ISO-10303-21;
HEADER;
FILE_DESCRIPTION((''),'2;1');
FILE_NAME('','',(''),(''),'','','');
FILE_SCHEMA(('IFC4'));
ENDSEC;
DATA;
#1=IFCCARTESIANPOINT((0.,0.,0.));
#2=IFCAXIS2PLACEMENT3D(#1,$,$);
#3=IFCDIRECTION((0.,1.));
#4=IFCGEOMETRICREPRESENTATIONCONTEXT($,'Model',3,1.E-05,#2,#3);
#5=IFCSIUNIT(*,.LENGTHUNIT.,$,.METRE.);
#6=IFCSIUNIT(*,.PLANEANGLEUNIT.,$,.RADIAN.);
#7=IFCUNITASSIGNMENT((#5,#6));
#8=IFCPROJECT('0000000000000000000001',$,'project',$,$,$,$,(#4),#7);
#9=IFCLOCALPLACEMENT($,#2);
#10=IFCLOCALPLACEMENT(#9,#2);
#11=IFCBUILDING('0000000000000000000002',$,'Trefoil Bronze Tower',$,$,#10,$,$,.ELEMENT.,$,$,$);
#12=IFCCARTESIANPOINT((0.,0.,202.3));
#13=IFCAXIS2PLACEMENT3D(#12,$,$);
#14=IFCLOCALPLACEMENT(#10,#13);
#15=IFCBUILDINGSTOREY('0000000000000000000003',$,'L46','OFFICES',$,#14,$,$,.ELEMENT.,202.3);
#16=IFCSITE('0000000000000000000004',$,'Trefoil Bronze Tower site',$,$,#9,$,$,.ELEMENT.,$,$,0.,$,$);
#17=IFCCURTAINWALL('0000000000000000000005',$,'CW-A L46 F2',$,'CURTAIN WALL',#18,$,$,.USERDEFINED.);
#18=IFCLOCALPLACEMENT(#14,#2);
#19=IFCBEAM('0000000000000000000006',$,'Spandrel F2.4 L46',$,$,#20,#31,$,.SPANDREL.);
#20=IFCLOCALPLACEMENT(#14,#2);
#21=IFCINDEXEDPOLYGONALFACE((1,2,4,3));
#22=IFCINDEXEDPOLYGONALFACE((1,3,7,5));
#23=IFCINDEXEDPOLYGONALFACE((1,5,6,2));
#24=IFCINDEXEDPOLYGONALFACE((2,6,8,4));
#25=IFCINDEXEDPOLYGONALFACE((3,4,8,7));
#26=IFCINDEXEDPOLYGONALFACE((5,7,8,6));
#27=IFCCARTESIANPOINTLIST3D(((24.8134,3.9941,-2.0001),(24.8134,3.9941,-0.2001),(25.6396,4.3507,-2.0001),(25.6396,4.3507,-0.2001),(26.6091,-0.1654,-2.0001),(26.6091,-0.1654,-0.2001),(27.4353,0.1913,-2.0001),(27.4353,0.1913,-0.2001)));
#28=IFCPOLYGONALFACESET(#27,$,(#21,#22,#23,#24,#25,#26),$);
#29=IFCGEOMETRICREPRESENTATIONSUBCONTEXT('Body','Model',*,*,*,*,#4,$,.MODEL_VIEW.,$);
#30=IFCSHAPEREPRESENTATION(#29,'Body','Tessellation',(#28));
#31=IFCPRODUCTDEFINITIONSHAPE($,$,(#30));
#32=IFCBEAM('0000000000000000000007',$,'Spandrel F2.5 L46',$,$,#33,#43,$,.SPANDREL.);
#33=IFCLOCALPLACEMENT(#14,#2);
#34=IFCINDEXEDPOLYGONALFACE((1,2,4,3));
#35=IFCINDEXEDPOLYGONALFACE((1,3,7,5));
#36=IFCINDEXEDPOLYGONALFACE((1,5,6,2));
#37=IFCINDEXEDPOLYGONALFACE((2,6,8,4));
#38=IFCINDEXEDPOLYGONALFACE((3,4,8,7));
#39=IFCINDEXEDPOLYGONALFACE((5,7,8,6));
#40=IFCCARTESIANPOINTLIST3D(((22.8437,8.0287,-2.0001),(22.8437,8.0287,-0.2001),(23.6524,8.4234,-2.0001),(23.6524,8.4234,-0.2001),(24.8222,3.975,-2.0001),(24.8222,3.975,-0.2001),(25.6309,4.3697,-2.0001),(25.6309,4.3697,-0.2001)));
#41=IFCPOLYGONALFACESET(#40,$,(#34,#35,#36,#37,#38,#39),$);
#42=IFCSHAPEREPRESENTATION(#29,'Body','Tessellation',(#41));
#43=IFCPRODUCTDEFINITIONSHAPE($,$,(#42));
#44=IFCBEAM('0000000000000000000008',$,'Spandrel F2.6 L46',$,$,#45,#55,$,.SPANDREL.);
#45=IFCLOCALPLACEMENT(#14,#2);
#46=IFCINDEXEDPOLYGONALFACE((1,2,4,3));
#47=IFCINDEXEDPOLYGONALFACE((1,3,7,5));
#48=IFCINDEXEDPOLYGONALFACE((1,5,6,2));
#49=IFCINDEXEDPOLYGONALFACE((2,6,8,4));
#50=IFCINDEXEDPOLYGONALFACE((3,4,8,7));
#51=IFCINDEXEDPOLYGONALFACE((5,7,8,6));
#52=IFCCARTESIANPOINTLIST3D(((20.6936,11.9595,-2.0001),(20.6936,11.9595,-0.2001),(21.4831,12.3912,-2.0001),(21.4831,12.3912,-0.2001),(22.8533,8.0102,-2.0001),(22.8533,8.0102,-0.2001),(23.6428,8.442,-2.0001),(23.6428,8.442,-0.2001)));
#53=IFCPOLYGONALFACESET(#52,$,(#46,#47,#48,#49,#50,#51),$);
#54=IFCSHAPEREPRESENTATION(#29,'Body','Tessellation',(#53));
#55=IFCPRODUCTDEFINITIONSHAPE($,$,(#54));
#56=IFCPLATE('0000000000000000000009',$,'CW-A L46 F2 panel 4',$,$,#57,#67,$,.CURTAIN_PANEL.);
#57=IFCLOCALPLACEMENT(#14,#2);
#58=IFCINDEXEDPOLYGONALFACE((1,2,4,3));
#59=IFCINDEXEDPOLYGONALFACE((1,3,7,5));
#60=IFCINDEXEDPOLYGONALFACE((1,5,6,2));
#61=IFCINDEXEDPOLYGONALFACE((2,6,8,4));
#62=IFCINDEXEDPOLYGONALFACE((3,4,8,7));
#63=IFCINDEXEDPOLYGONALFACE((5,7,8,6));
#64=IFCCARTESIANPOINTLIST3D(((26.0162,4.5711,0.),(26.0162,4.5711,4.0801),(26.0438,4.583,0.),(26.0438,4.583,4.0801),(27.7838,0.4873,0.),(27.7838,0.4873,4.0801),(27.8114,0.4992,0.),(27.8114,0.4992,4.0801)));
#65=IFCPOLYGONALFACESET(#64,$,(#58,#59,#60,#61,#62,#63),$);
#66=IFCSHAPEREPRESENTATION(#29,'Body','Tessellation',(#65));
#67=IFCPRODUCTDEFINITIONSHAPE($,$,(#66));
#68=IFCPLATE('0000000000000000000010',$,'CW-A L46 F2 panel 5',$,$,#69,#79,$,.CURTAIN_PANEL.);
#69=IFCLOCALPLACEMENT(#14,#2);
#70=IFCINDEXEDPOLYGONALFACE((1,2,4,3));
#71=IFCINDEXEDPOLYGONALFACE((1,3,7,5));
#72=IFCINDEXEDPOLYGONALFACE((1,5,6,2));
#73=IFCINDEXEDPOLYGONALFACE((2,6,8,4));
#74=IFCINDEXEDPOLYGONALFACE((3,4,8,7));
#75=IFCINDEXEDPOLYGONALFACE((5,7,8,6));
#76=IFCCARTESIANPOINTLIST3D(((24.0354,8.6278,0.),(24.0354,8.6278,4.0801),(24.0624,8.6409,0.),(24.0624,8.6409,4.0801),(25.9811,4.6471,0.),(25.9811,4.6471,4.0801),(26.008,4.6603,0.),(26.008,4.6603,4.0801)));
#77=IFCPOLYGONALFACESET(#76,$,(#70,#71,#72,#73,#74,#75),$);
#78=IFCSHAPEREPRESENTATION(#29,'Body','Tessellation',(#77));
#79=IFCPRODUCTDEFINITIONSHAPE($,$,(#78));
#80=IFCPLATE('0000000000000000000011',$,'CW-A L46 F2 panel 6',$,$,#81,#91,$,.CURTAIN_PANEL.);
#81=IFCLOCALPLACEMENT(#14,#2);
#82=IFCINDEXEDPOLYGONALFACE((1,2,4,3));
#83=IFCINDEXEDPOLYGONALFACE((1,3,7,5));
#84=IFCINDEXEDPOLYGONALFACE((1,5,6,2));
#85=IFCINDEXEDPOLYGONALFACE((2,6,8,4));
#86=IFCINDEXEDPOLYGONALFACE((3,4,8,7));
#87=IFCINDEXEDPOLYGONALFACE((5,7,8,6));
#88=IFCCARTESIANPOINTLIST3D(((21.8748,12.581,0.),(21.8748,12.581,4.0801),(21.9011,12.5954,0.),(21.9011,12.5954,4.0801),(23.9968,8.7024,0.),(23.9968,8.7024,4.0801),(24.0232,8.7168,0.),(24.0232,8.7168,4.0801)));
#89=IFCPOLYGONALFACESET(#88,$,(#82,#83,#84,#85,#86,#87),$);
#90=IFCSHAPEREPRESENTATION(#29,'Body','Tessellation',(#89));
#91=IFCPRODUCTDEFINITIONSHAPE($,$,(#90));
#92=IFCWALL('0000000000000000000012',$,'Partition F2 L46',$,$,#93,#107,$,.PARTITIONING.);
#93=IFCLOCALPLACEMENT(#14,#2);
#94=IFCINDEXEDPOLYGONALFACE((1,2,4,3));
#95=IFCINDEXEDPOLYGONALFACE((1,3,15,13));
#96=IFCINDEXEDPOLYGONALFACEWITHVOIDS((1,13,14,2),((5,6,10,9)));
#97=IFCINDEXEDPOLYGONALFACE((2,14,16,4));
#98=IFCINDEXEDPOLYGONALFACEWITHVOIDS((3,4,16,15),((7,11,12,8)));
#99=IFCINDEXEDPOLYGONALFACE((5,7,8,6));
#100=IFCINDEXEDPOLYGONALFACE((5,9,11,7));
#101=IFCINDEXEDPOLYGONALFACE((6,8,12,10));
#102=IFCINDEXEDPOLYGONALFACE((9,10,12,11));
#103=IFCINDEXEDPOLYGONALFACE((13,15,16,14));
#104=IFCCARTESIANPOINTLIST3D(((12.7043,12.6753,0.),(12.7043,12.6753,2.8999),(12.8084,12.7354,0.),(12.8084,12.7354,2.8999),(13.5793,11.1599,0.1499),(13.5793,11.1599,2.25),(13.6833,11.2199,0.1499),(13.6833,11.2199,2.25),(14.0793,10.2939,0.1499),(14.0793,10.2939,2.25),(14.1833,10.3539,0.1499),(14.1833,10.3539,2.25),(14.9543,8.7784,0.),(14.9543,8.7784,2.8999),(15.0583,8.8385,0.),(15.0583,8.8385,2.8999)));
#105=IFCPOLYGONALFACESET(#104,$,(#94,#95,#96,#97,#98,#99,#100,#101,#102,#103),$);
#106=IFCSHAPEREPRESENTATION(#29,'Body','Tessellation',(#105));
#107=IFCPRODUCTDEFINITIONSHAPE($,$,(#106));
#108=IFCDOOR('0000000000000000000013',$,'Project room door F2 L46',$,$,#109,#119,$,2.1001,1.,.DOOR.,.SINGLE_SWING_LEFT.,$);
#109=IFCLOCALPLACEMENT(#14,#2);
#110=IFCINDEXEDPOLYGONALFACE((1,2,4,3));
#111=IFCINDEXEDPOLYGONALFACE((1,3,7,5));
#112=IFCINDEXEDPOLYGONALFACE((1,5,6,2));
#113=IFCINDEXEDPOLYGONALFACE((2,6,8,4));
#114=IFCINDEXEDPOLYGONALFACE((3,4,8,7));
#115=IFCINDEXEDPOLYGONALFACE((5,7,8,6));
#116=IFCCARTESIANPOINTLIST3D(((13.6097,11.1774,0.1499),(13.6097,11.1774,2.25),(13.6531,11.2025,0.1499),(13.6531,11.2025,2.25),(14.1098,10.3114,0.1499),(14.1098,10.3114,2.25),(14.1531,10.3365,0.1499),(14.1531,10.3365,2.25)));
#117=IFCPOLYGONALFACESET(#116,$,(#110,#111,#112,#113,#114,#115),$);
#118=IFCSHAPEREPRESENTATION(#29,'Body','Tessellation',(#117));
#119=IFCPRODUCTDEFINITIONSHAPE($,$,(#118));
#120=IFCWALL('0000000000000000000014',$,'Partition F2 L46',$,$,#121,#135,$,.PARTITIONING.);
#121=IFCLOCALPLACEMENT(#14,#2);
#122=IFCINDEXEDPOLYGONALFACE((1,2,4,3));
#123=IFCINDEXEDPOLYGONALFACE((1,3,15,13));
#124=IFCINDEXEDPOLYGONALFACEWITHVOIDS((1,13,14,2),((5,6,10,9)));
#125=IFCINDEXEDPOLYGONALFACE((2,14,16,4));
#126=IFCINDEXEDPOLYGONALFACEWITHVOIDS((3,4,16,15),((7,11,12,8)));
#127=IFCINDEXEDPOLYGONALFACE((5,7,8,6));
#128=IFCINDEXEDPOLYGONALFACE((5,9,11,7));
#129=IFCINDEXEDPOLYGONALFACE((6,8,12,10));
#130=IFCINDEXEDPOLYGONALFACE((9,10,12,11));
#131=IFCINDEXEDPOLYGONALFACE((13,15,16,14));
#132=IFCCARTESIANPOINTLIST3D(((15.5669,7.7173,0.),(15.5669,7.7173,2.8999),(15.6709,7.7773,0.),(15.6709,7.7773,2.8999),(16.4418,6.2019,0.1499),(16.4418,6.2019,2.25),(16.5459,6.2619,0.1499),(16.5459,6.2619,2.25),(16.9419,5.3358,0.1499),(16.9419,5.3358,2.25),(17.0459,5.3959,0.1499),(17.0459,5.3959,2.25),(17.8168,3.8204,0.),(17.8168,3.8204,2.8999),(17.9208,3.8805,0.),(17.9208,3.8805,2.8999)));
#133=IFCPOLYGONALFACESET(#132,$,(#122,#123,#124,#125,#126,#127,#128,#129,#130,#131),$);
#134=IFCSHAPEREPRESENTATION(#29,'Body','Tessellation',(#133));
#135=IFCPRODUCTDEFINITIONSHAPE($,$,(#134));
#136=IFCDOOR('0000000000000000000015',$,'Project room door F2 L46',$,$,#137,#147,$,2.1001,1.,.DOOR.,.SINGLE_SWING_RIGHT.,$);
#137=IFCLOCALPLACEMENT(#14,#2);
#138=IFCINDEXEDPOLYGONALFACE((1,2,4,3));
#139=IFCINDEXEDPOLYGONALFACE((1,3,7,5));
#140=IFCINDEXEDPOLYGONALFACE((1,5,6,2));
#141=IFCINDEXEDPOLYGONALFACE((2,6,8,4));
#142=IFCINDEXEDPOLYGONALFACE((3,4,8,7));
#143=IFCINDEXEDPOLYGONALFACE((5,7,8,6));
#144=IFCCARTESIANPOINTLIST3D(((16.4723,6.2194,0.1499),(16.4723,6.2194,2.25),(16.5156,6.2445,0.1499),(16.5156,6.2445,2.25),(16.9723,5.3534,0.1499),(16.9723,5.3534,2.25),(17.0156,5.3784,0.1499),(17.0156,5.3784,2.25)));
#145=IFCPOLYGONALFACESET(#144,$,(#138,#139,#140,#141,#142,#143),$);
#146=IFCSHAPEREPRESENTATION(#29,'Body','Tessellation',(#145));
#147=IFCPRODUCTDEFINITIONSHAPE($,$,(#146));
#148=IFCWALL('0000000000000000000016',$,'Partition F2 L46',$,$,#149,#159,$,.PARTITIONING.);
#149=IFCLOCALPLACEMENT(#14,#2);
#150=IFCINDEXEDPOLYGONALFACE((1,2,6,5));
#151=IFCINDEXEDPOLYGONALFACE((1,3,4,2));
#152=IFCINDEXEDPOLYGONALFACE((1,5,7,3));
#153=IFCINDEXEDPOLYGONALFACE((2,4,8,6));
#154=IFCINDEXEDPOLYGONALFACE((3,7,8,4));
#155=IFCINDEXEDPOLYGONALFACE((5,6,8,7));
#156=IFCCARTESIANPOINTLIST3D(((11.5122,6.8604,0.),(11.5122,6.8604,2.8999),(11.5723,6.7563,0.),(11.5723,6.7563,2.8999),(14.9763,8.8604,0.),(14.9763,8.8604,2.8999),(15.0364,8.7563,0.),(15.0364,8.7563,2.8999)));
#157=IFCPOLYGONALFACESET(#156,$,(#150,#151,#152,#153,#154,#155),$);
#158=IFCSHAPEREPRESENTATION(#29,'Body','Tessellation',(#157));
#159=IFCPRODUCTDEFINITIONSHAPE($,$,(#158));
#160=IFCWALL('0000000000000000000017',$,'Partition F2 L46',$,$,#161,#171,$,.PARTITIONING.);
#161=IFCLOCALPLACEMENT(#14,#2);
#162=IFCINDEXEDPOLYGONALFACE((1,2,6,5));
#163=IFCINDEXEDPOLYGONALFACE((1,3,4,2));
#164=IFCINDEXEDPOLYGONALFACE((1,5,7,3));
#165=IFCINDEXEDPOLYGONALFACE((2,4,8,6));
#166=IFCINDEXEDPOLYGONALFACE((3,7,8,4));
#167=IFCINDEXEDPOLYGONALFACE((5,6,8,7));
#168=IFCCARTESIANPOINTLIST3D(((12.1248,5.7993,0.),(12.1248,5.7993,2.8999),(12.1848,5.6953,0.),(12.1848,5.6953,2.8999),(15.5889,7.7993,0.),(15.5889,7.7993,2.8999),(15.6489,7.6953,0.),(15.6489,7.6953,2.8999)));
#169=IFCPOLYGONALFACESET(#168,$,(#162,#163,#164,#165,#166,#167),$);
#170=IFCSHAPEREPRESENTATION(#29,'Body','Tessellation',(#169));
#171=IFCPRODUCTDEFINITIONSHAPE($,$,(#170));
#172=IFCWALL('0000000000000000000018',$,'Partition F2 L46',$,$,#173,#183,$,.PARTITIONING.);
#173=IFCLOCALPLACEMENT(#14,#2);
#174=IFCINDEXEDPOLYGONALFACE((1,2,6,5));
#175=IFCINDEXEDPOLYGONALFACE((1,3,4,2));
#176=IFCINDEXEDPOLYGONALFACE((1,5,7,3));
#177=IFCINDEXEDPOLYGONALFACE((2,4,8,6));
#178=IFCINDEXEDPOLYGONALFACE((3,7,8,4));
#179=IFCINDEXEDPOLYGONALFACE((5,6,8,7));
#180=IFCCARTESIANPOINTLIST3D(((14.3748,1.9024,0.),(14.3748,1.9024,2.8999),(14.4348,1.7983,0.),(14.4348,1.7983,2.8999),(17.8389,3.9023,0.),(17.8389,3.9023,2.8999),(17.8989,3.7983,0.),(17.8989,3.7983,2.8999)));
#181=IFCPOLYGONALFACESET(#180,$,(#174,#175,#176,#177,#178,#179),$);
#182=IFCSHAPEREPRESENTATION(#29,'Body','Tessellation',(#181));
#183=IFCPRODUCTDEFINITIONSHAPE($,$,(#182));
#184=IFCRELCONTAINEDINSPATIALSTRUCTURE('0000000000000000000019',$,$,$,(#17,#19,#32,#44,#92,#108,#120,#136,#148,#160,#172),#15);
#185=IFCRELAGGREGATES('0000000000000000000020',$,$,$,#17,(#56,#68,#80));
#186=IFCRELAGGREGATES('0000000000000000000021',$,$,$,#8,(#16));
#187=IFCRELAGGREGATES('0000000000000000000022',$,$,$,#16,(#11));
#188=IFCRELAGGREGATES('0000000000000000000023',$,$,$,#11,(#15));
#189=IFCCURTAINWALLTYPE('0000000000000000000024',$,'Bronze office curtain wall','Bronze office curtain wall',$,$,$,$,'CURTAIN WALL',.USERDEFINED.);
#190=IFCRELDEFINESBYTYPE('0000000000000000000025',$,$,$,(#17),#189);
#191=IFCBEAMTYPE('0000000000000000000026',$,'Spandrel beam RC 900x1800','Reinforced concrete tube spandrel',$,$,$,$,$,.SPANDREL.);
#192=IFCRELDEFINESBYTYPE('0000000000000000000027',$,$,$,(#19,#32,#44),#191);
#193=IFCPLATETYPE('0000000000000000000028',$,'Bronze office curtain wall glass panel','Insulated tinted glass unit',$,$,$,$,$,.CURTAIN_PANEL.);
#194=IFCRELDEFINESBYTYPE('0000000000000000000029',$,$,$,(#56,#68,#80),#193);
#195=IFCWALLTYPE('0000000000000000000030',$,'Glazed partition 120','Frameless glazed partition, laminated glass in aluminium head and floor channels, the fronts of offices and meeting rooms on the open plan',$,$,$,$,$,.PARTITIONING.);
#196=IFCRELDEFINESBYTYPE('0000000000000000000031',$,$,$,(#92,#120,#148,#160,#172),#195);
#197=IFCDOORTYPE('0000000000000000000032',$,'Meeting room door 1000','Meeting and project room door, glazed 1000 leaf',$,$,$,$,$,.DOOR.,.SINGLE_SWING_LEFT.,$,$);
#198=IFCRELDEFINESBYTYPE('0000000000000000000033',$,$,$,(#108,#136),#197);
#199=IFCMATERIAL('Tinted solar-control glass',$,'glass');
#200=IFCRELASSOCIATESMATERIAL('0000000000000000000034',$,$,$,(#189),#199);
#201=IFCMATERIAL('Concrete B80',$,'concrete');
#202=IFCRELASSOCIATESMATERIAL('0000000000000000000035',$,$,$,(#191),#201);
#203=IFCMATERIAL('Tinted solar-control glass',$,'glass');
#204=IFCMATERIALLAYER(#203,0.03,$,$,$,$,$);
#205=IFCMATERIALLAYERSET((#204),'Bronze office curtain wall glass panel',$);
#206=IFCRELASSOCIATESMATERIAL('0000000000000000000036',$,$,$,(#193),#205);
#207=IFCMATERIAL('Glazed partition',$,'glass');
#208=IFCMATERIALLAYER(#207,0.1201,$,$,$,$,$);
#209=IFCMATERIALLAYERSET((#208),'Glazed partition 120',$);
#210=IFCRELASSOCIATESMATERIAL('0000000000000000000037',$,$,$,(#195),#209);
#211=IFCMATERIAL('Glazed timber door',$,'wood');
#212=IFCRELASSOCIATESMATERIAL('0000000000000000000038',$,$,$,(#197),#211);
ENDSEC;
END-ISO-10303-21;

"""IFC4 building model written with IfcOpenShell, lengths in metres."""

from ifc_helpers import new_model, si_unit, direction, frame, frame_2d, origin, origin_2d, place, context, subcontext, project, spatial, rectangle, extrude, material, layer, layer_set, material_profile, profile_set, type_object, element, fill, aggregate, save


model = new_model("IFC4")

# Units and contexts
model_context = context("Model", 3, precision=1e-05, world=origin(), true_north=direction((0.0, 1.0)))
body_context = subcontext(model_context, "Body", "Model", "MODEL_VIEW")
ifc_project = project(units=[si_unit("LENGTHUNIT", "METRE"), si_unit("PLANEANGLEUNIT", "RADIAN")], contexts=[model_context])

# Site, building, storey
site_placement = place(None, origin())
site = spatial("IfcSite", under=ifc_project, at=site_placement, Name="Trefoil Bronze Tower site", CompositionType="ELEMENT", RefElevation=0.0)
building_placement = place(site_placement, origin())
building = spatial("IfcBuilding", under=site, at=building_placement, Name="Trefoil Bronze Tower", CompositionType="ELEMENT")
storey_placement = place(building_placement, frame((0.0, 0.0, 202.3)))
storey = spatial("IfcBuildingStorey", under=building, at=storey_placement, Name="L46", Description="OFFICES", CompositionType="ELEMENT", Elevation=202.3)

# Curtain wall
ifc_material_1 = material(Name="Tinted solar-control glass", Category="glass")
curtain_wall_type = type_object("IfcCurtainWallType", Name="Bronze office curtain wall", Description="Bronze office curtain wall", ElementType="CURTAIN WALL", PredefinedType="USERDEFINED", material=ifc_material_1)
curtain_wall_placement = place(storey_placement, origin())
curtain_wall = element("IfcCurtainWall", 1, at=curtain_wall_placement, inside=storey, type_object=curtain_wall_type, Name="CW-A L46 F2", ObjectType="CURTAIN WALL", PredefinedType="USERDEFINED")

# Beams
ifc_material_2 = material(Name="Concrete B80", Category="concrete")
ifc_material_profile_1 = material_profile(ifc_material_2, rectangle(XDim=0.8999, YDim=1.8, at=origin_2d()), Name="RC 900x1800")
ifc_profile_set_1 = profile_set([ifc_material_profile_1], Name="Concrete B80")
beam_type_1 = type_object("IfcBeamType", Name="Spandrel beam RC 900x1800", Description="Reinforced concrete tube spandrel", PredefinedType="SPANDREL", material=ifc_profile_set_1)
beam_1_placement = place(storey_placement, frame((27.0222, 0.0129, -1.1001), z_axis=(-0.39635, 0.918099, 0.0), x_axis=(-0.918099, -0.39635, 0.0)))
element("IfcBeam", 2, at=beam_1_placement, inside=storey, type_object=beam_type_1, Name="Spandrel F2.4 L46", PredefinedType="SPANDREL", context=body_context, shape_type="SweptSolid", body=[
    extrude(rectangle(XDim=0.8999, YDim=1.8, at=origin_2d()), origin(), (0.0, 0.0, 1.0), 4.5305),
])
beam_2_placement = place(storey_placement, frame((25.2266, 4.1724, -1.1001), z_axis=(-0.43862, 0.898673, 0.0), x_axis=(-0.898673, -0.43862, 0.0)))
element("IfcBeam", 3, at=beam_2_placement, inside=storey, type_object=beam_type_1, Name="Spandrel F2.5 L46", PredefinedType="SPANDREL", context=body_context, shape_type="SweptSolid", body=[
    extrude(rectangle(XDim=0.8999, YDim=1.8, at=origin_2d()), origin(), (0.0, 0.0, 1.0), 4.5107),
])
beam_3_placement = place(storey_placement, frame((23.248, 8.2261, -1.1001), z_axis=(-0.479802, 0.877377, 0.0), x_axis=(-0.877377, -0.479802, 0.0)))
element("IfcBeam", 4, at=beam_3_placement, inside=storey, type_object=beam_type_1, Name="Spandrel F2.6 L46", PredefinedType="SPANDREL", context=body_context, shape_type="SweptSolid", body=[
    extrude(rectangle(XDim=0.8999, YDim=1.8, at=origin_2d()), origin(), (0.0, 0.0, 1.0), 4.5012),
])

# Plates
ifc_material_3 = material(Name="Tinted solar-control glass", Category="glass")
ifc_layer_1 = layer(ifc_material_3, 0.03)
ifc_layer_set_1 = layer_set([ifc_layer_1], Name="Bronze office curtain wall glass panel")
plate_type = type_object("IfcPlateType", Name="Bronze office curtain wall glass panel", Description="Insulated tinted glass unit", PredefinedType="CURTAIN_PANEL", material=ifc_layer_set_1)
plate_1_placement = place(storey_placement, frame((26.9138, 2.5352, 0.0), z_axis=(0.0, 0.0, 1.0), x_axis=(-0.39722, 0.917723, 0.0)))
plate_1 = element("IfcPlate", 5, at=plate_1_placement, type_object=plate_type, Name="CW-A L46 F2 panel 4", PredefinedType="CURTAIN_PANEL", context=body_context, shape_type="SweptSolid", body=[
    extrude(rectangle(XDim=4.45, YDim=0.03, at=origin_2d()), origin(), (0.0, 0.0, 1.0), 4.0801),
])
plate_2_placement = place(storey_placement, frame((25.0217, 6.644, 0.0), z_axis=(0.0, 0.0, 1.0), x_axis=(-0.439129, 0.898424, 0.0)))
plate_2 = element("IfcPlate", 6, at=plate_2_placement, type_object=plate_type, Name="CW-A L46 F2 panel 5", PredefinedType="CURTAIN_PANEL", context=body_context, shape_type="SweptSolid", body=[
    extrude(rectangle(XDim=4.4307, YDim=0.03, at=origin_2d()), origin(), (0.0, 0.0, 1.0), 4.0801),
])
plate_3_placement = place(storey_placement, frame((22.949, 10.6489, 0.0), z_axis=(0.0, 0.0, 1.0), x_axis=(-0.479974, 0.877283, 0.0)))
plate_3 = element("IfcPlate", 7, at=plate_3_placement, type_object=plate_type, Name="CW-A L46 F2 panel 6", PredefinedType="CURTAIN_PANEL", context=body_context, shape_type="SweptSolid", body=[
    extrude(rectangle(XDim=4.4211, YDim=0.03, at=origin_2d()), origin(), (0.0, 0.0, 1.0), 4.0801),
])
aggregate(curtain_wall, [plate_1, plate_2, plate_3])

# Walls, openings, doors
ifc_material_4 = material(Name="Glazed partition", Category="glass")
ifc_layer_2 = layer(ifc_material_4, 0.1201)
ifc_layer_set_2 = layer_set([ifc_layer_2], Name="Glazed partition 120")
wall_type_1 = type_object("IfcWallType", Name="Glazed partition 120", Description="Frameless glazed partition, laminated glass in aluminium head and floor channels, the fronts of offices and meeting rooms on the open plan", PredefinedType="PARTITIONING", material=ifc_layer_set_2)
wall_1_placement = place(storey_placement, frame((15.0063, 8.8083, 0.0), z_axis=(0.0, 0.0, 1.0), x_axis=(-0.500014, 0.866018, 0.0)))
wall_1 = element("IfcWall", 8, at=wall_1_placement, inside=storey, type_object=wall_type_1, Name="Partition F2 L46", PredefinedType="PARTITIONING", context=body_context, shape_type="SweptSolid", body=[
    extrude(rectangle(XDim=4.4998, YDim=0.1201, at=frame_2d((2.25, 0.0))), origin(), (0.0, 0.0, 1.0), 2.8999),
])
opening_1_placement = place(wall_1_placement, frame((1.75, 0.0, 0.1499)))
opening_1 = element("IfcOpeningElement", 9, at=opening_1_placement, cuts=wall_1, PredefinedType="OPENING", context=body_context, shape_type="SweptSolid", body=[
    extrude(rectangle(XDim=1.0, YDim=2.1001, at=frame_2d((0.5, 1.05))), frame((0.0, 0.0701, 0.0), z_axis=(0.0, -1.0, 0.0), x_axis=(1.0, 0.0, 0.0)), (0.0, 0.0, 1.0), 0.1401),
])
ifc_material_5 = material(Name="Glazed timber door", Category="wood")
door_type = type_object("IfcDoorType", Name="Meeting room door 1000", Description="Meeting and project room door, glazed 1000 leaf", OperationType="SINGLE_SWING_LEFT", PredefinedType="DOOR", material=ifc_material_5)
door_1_placement = place(opening_1_placement, origin())
door_1 = element("IfcDoor", 10, at=door_1_placement, inside=storey, type_object=door_type, Name="Project room door F2 L46", OperationType="SINGLE_SWING_LEFT", OverallHeight=2.1001, OverallWidth=1.0, PredefinedType="DOOR", context=body_context, shape_type="SweptSolid", body=[
    extrude(rectangle(XDim=1.0, YDim=2.1001, at=frame_2d((0.5, 1.05))), frame((0.0, 0.0249, 0.0), z_axis=(0.0, -1.0, 0.0), x_axis=(1.0, 0.0, 0.0)), (0.0, 0.0, 1.0), 0.05),
])
fill(opening_1, door_1)
wall_2_placement = place(storey_placement, frame((17.8689, 3.8503, 0.0), z_axis=(0.0, 0.0, 1.0), x_axis=(-0.500014, 0.866018, 0.0)))
wall_2 = element("IfcWall", 11, at=wall_2_placement, inside=storey, type_object=wall_type_1, Name="Partition F2 L46", PredefinedType="PARTITIONING", context=body_context, shape_type="SweptSolid", body=[
    extrude(rectangle(XDim=4.4998, YDim=0.1201, at=frame_2d((2.25, 0.0))), origin(), (0.0, 0.0, 1.0), 2.8999),
])
opening_2_placement = place(wall_2_placement, frame((1.75, 0.0, 0.1499)))
opening_2 = element("IfcOpeningElement", 12, at=opening_2_placement, cuts=wall_2, PredefinedType="OPENING", context=body_context, shape_type="SweptSolid", body=[
    extrude(rectangle(XDim=1.0, YDim=2.1001, at=frame_2d((0.5, 1.05))), frame((0.0, 0.0701, 0.0), z_axis=(0.0, -1.0, 0.0), x_axis=(1.0, 0.0, 0.0)), (0.0, 0.0, 1.0), 0.1401),
])
door_2_placement = place(opening_2_placement, origin())
door_2 = element("IfcDoor", 13, at=door_2_placement, inside=storey, type_object=door_type, Name="Project room door F2 L46", OperationType="SINGLE_SWING_RIGHT", OverallHeight=2.1001, OverallWidth=1.0, PredefinedType="DOOR", context=body_context, shape_type="SweptSolid", body=[
    extrude(rectangle(XDim=1.0, YDim=2.1001, at=frame_2d((0.5, 1.05))), frame((0.0, 0.0249, 0.0), z_axis=(0.0, -1.0, 0.0), x_axis=(1.0, 0.0, 0.0)), (0.0, 0.0, 1.0), 0.05),
])
fill(opening_2, door_2)

# Walls
for number, where, z_axis, x_axis, name in (
    (14, (11.5422, 6.8083, 0.0), (0.0, 0.0, 1.0), (0.866026, 0.499999, 0.0), "Partition F2 L46"),
    (15, (12.1548, 5.7473, 0.0), (0.0, 0.0, 1.0), (0.866026, 0.499999, 0.0), "Partition F2 L46"),
    (16, (14.4048, 1.8503, 0.0), (0.0, 0.0, 1.0), (0.866026, 0.499999, 0.0), "Partition F2 L46"),
):
    element("IfcWall", number, at=place(storey_placement, frame(where, z_axis=z_axis, x_axis=x_axis)), inside=storey, type_object=wall_type_1, Name=name, PredefinedType="PARTITIONING", context=body_context, shape_type="SweptSolid", body=[
        extrude(rectangle(XDim=4.0, YDim=0.1201, at=frame_2d((2.0, 0.0))), origin(), (0.0, 0.0, 1.0), 2.8999),
    ])

save(model, "model.ifc")
